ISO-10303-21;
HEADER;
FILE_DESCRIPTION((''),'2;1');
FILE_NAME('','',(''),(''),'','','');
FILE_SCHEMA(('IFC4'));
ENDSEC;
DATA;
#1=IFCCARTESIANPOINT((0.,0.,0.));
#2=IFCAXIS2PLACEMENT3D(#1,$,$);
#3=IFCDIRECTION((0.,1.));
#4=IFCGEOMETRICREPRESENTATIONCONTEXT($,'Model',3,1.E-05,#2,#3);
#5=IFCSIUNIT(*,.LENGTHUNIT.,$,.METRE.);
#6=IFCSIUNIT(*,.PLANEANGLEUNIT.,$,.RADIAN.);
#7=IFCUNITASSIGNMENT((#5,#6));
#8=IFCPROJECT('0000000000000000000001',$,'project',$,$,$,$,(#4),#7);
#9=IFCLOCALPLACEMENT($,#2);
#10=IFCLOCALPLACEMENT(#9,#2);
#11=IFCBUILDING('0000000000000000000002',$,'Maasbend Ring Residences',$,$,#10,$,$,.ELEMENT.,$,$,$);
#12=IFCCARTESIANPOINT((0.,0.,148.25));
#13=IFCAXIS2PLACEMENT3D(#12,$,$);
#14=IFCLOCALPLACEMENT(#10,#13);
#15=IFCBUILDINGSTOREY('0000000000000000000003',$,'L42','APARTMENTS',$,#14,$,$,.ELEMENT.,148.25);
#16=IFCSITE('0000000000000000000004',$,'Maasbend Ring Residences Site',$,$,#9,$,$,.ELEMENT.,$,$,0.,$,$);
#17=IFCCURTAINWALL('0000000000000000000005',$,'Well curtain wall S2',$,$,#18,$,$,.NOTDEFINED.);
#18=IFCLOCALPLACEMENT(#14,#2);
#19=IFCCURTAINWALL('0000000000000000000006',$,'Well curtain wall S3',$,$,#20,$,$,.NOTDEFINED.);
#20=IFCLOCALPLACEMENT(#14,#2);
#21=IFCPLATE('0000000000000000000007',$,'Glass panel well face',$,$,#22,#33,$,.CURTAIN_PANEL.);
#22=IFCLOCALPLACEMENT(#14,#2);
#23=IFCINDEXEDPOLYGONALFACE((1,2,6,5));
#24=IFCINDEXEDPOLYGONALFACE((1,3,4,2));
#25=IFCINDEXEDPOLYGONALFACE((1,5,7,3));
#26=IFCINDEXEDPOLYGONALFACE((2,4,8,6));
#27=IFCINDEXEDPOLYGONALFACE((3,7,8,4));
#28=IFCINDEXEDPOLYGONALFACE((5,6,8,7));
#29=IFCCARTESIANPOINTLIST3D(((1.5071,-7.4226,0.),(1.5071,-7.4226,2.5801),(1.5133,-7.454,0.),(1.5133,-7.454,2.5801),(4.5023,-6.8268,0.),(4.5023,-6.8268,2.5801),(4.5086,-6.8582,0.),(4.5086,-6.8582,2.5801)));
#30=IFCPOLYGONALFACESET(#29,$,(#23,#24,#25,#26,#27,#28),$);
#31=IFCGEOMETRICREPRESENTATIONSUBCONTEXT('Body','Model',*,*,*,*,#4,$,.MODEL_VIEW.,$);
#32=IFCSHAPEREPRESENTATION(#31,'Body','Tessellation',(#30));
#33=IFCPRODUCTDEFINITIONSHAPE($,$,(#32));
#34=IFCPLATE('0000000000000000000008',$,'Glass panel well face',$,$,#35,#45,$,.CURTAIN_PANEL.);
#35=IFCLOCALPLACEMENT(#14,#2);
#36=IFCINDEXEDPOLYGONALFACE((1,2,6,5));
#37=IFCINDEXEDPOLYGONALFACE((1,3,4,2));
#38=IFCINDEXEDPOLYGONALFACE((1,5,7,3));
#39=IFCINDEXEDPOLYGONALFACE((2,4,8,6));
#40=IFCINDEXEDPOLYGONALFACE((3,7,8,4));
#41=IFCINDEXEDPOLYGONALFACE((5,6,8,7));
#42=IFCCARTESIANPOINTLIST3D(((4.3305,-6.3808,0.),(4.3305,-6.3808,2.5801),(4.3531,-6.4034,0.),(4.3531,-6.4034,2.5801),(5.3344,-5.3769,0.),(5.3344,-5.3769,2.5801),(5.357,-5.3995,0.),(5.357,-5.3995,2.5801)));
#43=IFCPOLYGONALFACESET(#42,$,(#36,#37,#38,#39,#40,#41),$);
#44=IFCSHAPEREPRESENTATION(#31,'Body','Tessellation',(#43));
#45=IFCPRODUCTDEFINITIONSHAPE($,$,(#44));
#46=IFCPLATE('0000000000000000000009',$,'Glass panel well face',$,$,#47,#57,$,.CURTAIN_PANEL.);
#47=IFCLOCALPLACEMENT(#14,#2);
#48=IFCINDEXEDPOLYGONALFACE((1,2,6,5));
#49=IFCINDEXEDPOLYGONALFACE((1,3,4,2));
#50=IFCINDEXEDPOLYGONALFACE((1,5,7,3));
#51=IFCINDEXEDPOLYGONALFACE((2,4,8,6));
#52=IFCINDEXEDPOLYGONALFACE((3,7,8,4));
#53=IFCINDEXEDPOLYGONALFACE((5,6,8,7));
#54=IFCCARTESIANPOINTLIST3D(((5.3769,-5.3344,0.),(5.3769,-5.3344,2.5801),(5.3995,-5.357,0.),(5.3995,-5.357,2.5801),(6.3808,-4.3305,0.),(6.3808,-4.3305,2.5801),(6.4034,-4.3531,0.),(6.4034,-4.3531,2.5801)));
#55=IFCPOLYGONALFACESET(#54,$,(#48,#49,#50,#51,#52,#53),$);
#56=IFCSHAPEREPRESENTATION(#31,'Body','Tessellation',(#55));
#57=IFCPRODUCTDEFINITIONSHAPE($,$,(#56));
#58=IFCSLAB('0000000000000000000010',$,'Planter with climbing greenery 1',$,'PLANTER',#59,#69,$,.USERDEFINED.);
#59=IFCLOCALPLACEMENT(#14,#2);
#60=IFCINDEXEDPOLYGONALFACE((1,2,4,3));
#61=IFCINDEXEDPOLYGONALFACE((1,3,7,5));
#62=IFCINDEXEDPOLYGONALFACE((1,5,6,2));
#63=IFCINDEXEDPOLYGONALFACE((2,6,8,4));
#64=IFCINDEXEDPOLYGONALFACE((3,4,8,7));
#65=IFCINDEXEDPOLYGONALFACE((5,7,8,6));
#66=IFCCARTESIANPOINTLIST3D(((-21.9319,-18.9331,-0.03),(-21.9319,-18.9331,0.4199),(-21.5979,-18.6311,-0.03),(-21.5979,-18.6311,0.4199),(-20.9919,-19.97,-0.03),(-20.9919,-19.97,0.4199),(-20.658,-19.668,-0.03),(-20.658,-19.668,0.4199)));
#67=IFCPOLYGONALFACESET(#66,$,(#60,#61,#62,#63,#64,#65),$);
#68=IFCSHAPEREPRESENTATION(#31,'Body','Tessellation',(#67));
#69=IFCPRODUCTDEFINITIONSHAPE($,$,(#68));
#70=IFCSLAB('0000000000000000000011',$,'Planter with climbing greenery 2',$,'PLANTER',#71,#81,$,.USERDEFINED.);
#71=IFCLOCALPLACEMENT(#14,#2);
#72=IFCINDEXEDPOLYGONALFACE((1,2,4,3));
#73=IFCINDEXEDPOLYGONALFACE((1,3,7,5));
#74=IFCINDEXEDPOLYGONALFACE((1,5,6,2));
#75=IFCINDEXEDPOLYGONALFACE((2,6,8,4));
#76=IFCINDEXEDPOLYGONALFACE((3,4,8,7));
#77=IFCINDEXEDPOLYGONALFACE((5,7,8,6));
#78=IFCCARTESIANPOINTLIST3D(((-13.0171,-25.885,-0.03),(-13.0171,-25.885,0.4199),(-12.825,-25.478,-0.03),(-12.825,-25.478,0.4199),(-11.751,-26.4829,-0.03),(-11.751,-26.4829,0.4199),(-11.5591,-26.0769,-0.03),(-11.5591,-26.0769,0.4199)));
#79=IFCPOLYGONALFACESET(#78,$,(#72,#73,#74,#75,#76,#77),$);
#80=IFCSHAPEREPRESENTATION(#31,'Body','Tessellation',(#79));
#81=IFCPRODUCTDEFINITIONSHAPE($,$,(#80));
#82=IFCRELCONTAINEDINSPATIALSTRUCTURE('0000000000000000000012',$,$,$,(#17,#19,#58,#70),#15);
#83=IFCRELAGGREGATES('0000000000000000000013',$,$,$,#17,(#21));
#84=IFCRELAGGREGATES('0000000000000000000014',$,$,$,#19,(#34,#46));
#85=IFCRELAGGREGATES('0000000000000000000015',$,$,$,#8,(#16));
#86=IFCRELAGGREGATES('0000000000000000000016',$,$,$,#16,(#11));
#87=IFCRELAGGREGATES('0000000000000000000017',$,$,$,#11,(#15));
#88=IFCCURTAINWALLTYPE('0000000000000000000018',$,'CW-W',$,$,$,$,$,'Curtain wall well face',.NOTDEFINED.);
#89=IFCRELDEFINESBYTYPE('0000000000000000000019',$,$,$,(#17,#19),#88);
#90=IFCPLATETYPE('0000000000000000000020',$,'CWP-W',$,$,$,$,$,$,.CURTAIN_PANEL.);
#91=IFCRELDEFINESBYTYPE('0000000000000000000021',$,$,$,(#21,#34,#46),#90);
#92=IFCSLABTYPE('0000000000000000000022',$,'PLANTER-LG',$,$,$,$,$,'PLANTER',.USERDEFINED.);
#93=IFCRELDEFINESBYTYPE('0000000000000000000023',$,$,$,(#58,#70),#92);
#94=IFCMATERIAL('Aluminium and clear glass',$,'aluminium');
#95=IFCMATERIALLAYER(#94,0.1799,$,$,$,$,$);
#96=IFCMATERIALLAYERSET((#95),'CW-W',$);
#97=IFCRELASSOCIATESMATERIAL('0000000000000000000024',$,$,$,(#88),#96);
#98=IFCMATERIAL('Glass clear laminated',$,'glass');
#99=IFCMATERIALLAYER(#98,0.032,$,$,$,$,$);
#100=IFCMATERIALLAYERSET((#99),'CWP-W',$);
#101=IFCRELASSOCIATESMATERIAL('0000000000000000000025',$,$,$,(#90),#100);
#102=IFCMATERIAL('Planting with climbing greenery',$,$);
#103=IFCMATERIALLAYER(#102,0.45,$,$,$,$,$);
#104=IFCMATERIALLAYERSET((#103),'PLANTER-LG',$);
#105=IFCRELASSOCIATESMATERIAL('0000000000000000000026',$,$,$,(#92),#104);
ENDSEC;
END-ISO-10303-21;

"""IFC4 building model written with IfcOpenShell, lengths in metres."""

from ifc_helpers import new_model, si_unit, direction, frame, origin, origin_2d, place, context, subcontext, project, spatial, polyline, rectangle, outline, extrude, material, layer, layer_set, type_object, element, aggregate, save


model = new_model("IFC4")

# Units and contexts
model_context = context("Model", 3, precision=1e-05, world=origin(), true_north=direction((0.0, 1.0)))
body_context = subcontext(model_context, "Body", "Model", "MODEL_VIEW")
ifc_project = project(units=[si_unit("LENGTHUNIT", "METRE"), si_unit("PLANEANGLEUNIT", "RADIAN")], contexts=[model_context])

# Site, building, storey
site_placement = place(None, origin())
site = spatial("IfcSite", under=ifc_project, at=site_placement, Name="Maasbend Ring Residences Site", CompositionType="ELEMENT", RefElevation=0.0)
building_placement = place(site_placement, origin())
building = spatial("IfcBuilding", under=site, at=building_placement, Name="Maasbend Ring Residences", CompositionType="ELEMENT")
storey_placement = place(building_placement, frame((0.0, 0.0, 148.25)))
storey = spatial("IfcBuildingStorey", under=building, at=storey_placement, Name="L42", Description="APARTMENTS", CompositionType="ELEMENT", Elevation=148.25)

# Curtain walls
ifc_material_1 = material(Name="Aluminium and clear glass", Category="aluminium")
ifc_layer_1 = layer(ifc_material_1, 0.1799)
ifc_layer_set_1 = layer_set([ifc_layer_1], Name="CW-W")
curtain_wall_type = type_object("IfcCurtainWallType", Name="CW-W", ElementType="Curtain wall well face", PredefinedType="NOTDEFINED", material=ifc_layer_set_1)
curtain_wall_1_placement = place(storey_placement, origin())
curtain_wall_1 = element("IfcCurtainWall", 1, at=curtain_wall_1_placement, inside=storey, type_object=curtain_wall_type, Name="Well curtain wall S2", PredefinedType="NOTDEFINED")
curtain_wall_2_placement = place(storey_placement, origin())
curtain_wall_2 = element("IfcCurtainWall", 2, at=curtain_wall_2_placement, inside=storey, type_object=curtain_wall_type, Name="Well curtain wall S3", PredefinedType="NOTDEFINED")

# Plates
ifc_material_2 = material(Name="Glass clear laminated", Category="glass")
ifc_layer_2 = layer(ifc_material_2, 0.032)
ifc_layer_set_2 = layer_set([ifc_layer_2], Name="CWP-W")
plate_type = type_object("IfcPlateType", Name="CWP-W", PredefinedType="CURTAIN_PANEL", material=ifc_layer_set_2)
plate_1_placement = place(storey_placement, frame((3.0078, -7.1404, 0.0), z_axis=(0.0, 0.0, 1.0), x_axis=(0.980785, 0.19509, 0.0)))
plate_1 = element("IfcPlate", 3, at=plate_1_placement, type_object=plate_type, Name="Glass panel well face", PredefinedType="CURTAIN_PANEL", context=body_context, shape_type="SweptSolid", body=[
    extrude(rectangle(XDim=3.054, YDim=0.032, at=origin_2d()), origin(), (0.0, 0.0, 1.0), 2.5801),
])
aggregate(curtain_wall_1, [plate_1])
plate_2_placement = place(storey_placement, frame((4.8438, -5.8901, 0.0), z_axis=(0.0, 0.0, 1.0), x_axis=(0.707107, 0.707107, 0.0)))
plate_2 = element("IfcPlate", 4, at=plate_2_placement, type_object=plate_type, Name="Glass panel well face", PredefinedType="CURTAIN_PANEL", context=body_context, shape_type="SweptSolid", body=[
    extrude(rectangle(XDim=1.4197, YDim=0.032, at=origin_2d()), origin(), (0.0, 0.0, 1.0), 2.5801),
])
plate_3_placement = place(storey_placement, frame((5.8901, -4.8438, 0.0), z_axis=(0.0, 0.0, 1.0), x_axis=(0.707107, 0.707107, 0.0)))
plate_3 = element("IfcPlate", 5, at=plate_3_placement, type_object=plate_type, Name="Glass panel well face", PredefinedType="CURTAIN_PANEL", context=body_context, shape_type="SweptSolid", body=[
    extrude(rectangle(XDim=1.4197, YDim=0.032, at=origin_2d()), origin(), (0.0, 0.0, 1.0), 2.5801),
])
aggregate(curtain_wall_2, [plate_2, plate_3])

# Slabs
ifc_material_3 = material(Name="Planting with climbing greenery")
ifc_layer_3 = layer(ifc_material_3, 0.45)
ifc_layer_set_3 = layer_set([ifc_layer_3], Name="PLANTER-LG")
slab_type_1 = type_object("IfcSlabType", Name="PLANTER-LG", ElementType="PLANTER", PredefinedType="USERDEFINED", material=ifc_layer_set_3)
slab_1_placement = place(storey_placement, frame((0.0, 0.0, -0.03)))
element("IfcSlab", 6, at=slab_1_placement, inside=storey, type_object=slab_type_1, Name="Planter with climbing greenery 1", ObjectType="PLANTER", PredefinedType="USERDEFINED", context=body_context, shape_type="SweptSolid", body=[
    extrude(outline(polyline([(-21.9319, -18.9331), (-20.9919, -19.97), (-20.658, -19.668), (-21.5979, -18.6311), (-21.9319, -18.9331)])), origin(), (0.0, 0.0, 1.0), 0.45),
])
slab_2_placement = place(storey_placement, frame((0.0, 0.0, -0.03)))
element("IfcSlab", 7, at=slab_2_placement, inside=storey, type_object=slab_type_1, Name="Planter with climbing greenery 2", ObjectType="PLANTER", PredefinedType="USERDEFINED", context=body_context, shape_type="SweptSolid", body=[
    extrude(outline(polyline([(-13.0171, -25.885), (-11.751, -26.4829), (-11.5591, -26.0769), (-12.825, -25.478), (-13.0171, -25.885)])), origin(), (0.0, 0.0, 1.0), 0.45),
])

save(model, "model.ifc")
